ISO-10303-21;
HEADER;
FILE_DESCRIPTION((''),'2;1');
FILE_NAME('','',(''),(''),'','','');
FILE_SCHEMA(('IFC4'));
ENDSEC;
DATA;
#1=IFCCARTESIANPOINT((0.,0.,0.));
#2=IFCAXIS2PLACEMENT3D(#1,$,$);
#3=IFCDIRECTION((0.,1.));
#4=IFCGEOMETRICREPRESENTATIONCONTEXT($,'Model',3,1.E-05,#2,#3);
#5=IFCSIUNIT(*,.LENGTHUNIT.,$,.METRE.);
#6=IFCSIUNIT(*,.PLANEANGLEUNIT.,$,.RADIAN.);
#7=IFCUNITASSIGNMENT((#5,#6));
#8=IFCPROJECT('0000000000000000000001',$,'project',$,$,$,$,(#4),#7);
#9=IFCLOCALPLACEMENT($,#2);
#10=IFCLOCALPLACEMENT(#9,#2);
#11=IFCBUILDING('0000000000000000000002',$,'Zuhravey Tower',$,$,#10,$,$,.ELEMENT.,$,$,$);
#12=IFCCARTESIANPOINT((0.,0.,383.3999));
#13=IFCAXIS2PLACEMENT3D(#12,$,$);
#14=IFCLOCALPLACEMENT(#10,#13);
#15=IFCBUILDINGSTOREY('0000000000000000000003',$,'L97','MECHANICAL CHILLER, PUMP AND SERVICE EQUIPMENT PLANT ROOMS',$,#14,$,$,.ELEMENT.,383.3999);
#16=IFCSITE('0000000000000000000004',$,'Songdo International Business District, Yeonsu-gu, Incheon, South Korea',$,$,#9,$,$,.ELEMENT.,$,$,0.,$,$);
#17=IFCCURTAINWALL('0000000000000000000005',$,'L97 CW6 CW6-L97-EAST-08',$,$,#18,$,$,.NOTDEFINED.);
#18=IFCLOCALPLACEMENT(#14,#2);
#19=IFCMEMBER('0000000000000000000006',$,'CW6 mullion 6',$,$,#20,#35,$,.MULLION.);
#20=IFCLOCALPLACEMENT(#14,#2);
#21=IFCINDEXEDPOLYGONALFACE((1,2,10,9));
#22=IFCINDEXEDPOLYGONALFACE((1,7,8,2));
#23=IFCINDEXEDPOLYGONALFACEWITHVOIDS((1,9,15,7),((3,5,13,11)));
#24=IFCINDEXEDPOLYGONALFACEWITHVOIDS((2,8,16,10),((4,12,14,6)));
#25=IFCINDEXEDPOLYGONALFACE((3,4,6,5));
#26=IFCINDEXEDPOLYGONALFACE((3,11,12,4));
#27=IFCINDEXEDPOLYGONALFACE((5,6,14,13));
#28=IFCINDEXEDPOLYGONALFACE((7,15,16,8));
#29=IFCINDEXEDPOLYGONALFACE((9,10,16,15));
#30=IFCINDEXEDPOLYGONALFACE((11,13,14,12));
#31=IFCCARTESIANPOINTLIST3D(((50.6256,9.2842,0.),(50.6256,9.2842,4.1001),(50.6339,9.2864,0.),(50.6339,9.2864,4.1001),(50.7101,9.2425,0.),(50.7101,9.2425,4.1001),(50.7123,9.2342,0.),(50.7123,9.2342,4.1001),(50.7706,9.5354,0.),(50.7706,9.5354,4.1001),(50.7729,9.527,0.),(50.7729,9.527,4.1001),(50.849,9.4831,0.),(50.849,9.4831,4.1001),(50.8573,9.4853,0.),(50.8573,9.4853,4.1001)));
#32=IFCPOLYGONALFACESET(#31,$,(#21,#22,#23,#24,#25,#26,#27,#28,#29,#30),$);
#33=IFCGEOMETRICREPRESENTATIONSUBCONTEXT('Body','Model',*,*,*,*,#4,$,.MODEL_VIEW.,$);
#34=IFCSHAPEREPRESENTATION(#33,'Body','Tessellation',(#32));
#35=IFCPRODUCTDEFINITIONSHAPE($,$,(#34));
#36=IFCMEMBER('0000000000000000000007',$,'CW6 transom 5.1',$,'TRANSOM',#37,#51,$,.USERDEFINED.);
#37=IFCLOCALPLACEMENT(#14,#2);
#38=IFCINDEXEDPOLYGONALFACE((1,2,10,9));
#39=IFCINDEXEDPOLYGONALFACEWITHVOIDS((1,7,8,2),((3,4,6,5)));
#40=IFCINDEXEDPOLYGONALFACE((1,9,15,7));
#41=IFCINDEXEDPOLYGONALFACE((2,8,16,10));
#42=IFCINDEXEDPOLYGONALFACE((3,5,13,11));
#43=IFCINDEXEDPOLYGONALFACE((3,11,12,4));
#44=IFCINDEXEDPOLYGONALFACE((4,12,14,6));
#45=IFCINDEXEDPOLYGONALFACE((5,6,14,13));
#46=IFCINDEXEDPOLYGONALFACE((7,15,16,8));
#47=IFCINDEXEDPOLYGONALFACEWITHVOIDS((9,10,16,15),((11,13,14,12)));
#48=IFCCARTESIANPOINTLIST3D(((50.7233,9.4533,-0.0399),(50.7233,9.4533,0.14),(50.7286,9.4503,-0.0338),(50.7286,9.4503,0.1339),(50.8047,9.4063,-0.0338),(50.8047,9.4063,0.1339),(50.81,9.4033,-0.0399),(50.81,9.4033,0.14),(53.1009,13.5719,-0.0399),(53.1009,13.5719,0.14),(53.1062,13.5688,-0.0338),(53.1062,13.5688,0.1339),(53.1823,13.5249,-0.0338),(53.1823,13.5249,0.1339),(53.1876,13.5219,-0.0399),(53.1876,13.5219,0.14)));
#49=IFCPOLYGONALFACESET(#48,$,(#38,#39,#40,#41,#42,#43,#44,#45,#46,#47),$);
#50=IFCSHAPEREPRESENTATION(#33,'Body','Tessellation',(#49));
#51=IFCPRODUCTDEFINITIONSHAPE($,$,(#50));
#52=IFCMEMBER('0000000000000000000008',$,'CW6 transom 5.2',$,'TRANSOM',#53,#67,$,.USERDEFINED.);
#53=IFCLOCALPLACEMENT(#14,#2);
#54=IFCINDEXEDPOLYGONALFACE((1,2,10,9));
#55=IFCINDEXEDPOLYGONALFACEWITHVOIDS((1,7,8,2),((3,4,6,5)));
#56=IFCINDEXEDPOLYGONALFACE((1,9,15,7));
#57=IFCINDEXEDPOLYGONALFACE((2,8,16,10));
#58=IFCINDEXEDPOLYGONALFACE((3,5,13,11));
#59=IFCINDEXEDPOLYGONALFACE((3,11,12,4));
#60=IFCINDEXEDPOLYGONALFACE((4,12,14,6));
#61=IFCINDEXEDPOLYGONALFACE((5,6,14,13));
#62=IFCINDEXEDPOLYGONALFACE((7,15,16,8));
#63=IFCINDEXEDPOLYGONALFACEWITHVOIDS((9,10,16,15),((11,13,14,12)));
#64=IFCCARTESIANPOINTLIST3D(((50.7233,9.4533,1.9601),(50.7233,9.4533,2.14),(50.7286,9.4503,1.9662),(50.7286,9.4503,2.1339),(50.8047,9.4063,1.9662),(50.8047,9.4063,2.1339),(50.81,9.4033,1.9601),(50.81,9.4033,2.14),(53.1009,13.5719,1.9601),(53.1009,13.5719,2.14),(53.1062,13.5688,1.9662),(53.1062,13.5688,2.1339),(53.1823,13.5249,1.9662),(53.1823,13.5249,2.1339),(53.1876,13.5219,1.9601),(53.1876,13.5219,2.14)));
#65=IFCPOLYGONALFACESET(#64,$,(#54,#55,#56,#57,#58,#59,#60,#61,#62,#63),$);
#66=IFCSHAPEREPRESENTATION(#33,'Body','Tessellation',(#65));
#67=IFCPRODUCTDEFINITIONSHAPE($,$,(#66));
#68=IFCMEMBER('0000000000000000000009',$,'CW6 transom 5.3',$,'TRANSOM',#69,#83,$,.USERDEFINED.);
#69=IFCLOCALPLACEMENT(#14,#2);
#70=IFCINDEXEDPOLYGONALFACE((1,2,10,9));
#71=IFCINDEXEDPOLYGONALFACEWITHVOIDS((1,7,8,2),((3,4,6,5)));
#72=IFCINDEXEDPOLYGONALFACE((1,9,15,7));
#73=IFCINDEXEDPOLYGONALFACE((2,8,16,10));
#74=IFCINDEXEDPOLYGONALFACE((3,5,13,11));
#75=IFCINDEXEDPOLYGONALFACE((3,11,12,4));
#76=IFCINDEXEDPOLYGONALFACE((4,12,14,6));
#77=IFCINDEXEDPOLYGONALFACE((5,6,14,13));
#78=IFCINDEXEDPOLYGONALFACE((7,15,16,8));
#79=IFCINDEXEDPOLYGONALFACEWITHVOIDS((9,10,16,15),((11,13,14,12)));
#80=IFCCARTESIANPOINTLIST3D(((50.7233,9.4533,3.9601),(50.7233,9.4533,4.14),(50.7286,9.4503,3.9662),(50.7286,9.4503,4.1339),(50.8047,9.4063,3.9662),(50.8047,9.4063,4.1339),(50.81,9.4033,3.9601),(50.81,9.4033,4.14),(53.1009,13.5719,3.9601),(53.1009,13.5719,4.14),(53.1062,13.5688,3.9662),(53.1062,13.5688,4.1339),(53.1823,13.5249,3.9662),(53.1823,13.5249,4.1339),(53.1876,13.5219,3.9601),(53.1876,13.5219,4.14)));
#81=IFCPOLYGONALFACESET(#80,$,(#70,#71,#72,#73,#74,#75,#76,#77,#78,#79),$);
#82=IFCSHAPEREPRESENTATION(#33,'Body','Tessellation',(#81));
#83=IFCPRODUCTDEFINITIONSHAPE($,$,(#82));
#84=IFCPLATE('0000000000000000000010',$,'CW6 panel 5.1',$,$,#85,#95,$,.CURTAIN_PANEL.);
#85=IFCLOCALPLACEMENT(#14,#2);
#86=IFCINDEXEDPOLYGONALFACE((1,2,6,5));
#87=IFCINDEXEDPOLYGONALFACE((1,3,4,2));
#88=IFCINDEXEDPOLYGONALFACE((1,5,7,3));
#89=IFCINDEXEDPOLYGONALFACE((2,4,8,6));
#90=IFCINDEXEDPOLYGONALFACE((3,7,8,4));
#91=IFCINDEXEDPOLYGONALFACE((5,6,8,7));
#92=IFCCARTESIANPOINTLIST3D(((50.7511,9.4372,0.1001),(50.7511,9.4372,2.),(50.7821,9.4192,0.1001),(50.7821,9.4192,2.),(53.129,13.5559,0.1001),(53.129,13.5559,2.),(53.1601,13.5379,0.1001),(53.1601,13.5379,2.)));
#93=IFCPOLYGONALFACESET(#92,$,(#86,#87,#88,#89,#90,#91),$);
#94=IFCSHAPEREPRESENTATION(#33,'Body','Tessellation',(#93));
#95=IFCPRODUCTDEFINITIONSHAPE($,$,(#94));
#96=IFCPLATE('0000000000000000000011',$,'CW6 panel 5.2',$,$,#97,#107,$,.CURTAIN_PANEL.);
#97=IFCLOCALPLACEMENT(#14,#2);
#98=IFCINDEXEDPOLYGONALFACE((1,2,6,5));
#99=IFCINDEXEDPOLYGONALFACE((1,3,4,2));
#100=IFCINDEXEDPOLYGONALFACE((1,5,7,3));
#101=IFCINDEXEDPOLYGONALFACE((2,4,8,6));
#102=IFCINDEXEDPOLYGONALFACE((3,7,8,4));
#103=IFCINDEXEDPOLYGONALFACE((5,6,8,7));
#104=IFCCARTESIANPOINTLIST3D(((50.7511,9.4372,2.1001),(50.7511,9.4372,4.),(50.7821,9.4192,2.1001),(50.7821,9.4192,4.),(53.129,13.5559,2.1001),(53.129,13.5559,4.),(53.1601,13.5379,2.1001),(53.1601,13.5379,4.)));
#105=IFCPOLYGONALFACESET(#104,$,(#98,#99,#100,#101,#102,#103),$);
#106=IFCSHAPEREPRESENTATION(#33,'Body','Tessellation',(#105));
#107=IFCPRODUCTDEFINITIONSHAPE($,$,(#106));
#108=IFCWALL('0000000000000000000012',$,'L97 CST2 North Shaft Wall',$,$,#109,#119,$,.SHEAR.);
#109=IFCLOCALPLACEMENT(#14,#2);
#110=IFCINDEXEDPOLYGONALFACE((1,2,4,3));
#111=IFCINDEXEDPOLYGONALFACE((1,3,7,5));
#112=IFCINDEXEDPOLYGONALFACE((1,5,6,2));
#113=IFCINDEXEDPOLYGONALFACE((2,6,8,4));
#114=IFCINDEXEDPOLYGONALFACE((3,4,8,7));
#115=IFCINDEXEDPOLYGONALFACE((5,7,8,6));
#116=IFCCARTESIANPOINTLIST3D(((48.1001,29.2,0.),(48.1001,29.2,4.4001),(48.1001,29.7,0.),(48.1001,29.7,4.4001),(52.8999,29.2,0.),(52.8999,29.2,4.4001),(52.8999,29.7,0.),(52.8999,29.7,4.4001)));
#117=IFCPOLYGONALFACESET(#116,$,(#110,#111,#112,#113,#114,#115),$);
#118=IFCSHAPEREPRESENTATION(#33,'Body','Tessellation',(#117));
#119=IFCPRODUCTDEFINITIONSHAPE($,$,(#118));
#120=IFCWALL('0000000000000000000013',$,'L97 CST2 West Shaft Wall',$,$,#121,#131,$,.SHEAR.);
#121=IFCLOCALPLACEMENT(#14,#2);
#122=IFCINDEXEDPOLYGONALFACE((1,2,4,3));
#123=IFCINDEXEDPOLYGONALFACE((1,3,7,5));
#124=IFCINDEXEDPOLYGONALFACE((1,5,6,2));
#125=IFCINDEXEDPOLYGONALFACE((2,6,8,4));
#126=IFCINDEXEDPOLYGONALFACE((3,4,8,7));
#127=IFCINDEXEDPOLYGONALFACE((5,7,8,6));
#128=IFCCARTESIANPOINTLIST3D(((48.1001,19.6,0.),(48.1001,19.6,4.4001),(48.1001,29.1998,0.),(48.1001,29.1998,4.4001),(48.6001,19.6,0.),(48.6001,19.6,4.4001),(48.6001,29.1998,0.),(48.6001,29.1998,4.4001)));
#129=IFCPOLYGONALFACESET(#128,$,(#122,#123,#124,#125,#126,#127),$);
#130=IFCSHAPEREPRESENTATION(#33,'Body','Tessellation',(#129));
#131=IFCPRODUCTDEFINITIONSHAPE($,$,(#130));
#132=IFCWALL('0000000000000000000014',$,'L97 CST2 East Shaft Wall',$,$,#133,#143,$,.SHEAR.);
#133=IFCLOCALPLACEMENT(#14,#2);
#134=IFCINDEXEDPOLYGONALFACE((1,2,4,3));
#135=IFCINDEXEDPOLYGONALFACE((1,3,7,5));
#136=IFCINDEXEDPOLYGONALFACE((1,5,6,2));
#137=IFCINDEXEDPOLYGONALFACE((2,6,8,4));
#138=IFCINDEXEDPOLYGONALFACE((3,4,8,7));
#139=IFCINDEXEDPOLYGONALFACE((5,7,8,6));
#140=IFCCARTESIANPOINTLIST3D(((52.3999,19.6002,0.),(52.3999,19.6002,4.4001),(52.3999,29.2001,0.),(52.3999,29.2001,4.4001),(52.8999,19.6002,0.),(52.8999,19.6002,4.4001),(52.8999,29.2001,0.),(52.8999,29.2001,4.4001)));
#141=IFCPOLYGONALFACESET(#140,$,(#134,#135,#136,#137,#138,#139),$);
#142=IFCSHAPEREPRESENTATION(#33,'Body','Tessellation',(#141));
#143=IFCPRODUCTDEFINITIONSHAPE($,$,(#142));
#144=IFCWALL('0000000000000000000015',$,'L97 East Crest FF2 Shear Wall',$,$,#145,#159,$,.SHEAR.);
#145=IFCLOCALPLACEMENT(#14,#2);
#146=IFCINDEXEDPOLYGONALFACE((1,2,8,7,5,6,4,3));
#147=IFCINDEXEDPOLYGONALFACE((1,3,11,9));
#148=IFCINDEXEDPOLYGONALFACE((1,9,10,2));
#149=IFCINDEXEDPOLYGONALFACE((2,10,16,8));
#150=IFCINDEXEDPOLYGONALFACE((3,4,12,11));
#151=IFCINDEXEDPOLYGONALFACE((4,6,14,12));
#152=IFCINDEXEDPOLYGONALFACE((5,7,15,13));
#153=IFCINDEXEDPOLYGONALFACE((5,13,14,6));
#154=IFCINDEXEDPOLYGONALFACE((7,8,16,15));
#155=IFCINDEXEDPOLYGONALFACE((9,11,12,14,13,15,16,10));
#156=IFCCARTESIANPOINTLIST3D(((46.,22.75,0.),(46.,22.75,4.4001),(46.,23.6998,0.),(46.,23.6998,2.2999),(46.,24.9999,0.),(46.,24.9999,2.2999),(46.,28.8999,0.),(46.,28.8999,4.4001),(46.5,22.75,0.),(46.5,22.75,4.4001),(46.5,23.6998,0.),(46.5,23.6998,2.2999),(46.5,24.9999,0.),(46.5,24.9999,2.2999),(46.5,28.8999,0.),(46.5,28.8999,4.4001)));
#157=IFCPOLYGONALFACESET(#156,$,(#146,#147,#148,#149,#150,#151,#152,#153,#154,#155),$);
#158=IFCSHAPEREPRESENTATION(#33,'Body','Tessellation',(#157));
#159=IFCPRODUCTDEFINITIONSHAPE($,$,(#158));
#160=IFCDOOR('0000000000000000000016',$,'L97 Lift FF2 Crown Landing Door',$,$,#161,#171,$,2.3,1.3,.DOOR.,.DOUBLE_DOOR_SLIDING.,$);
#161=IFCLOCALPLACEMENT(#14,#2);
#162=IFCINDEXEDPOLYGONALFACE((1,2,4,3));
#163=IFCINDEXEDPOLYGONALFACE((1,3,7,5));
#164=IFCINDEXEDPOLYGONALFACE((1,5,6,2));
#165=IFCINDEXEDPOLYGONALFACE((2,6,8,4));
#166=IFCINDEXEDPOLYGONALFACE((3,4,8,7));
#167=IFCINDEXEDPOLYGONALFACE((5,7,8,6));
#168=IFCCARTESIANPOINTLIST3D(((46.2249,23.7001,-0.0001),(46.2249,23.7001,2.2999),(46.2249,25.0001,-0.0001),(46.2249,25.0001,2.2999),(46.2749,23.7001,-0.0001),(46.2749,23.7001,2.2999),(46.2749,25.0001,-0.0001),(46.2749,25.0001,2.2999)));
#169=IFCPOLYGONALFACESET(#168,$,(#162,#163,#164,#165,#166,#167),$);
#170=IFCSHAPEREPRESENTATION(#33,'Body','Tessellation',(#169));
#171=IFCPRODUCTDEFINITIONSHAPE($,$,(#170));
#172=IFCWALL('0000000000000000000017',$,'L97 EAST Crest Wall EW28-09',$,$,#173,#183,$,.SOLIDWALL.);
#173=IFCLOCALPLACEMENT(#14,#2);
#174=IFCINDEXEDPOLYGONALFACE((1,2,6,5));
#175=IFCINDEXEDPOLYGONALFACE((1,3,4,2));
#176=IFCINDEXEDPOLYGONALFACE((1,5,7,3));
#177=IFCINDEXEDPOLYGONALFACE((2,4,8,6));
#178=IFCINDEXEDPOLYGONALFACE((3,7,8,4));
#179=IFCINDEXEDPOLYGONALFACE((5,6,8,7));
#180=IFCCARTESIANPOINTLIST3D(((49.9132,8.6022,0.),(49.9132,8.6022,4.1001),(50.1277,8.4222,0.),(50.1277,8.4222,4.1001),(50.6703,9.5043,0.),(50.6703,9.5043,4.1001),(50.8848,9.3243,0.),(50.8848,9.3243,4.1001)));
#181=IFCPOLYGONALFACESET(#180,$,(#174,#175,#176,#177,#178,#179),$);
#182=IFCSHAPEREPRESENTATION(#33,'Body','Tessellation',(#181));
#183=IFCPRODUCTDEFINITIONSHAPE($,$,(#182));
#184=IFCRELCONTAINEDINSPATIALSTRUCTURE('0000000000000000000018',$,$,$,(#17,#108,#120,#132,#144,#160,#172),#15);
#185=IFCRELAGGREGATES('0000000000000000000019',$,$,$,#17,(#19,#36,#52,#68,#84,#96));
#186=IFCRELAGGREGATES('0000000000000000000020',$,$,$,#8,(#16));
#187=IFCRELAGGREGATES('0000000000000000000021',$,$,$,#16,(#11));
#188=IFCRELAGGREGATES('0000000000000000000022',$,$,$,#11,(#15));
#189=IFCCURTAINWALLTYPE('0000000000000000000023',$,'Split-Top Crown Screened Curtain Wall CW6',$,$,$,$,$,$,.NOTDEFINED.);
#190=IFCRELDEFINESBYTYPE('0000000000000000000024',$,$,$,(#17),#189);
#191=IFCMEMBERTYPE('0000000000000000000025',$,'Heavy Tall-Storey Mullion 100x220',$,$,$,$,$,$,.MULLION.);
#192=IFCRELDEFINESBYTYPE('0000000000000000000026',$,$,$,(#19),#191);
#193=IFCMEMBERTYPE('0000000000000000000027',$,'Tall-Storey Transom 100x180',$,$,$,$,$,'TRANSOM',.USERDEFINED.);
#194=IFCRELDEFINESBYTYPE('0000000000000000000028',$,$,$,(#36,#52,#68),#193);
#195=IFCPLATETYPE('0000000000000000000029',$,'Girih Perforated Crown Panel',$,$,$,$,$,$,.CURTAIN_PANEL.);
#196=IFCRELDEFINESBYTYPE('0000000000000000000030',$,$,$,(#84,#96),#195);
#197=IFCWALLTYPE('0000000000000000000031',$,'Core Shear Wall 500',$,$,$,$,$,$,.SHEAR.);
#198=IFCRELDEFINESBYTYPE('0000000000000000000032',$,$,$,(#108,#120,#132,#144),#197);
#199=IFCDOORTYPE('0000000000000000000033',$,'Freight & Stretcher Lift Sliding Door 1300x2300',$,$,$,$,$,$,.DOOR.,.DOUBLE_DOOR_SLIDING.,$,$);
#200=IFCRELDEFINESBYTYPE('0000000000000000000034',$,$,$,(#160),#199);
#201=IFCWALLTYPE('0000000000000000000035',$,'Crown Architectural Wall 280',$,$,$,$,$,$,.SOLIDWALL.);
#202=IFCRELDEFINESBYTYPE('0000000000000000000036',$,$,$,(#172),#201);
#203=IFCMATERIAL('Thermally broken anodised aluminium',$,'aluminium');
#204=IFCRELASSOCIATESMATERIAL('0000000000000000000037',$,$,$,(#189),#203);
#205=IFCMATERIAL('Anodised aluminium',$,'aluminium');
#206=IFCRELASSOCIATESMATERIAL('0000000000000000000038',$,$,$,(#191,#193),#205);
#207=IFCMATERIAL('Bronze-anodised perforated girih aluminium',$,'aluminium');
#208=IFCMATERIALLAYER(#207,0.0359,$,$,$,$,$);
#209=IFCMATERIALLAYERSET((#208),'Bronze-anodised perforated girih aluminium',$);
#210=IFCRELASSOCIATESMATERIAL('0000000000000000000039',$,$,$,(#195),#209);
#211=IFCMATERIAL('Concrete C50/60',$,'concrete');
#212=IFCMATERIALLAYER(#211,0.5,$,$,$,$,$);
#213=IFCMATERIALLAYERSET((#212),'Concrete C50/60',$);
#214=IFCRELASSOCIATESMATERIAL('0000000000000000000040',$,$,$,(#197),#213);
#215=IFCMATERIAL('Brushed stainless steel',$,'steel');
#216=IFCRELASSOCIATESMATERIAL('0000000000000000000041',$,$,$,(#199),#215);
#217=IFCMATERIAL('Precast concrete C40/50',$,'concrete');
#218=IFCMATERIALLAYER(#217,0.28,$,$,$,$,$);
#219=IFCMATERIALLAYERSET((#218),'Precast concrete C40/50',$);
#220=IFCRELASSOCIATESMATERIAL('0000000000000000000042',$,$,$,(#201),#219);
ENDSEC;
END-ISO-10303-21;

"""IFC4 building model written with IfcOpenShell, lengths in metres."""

from ifc_helpers import new_model, si_unit, direction, frame, frame_2d, origin, origin_2d, place, context, subcontext, project, spatial, rectangle, hollow_rectangle, extrude, material, layer, layer_set, material_profile, profile_set, type_object, element, fill, aggregate, save


model = new_model("IFC4")

# Units and contexts
model_context = context("Model", 3, precision=1e-05, world=origin(), true_north=direction((0.0, 1.0)))
body_context = subcontext(model_context, "Body", "Model", "MODEL_VIEW")
ifc_project = project(units=[si_unit("LENGTHUNIT", "METRE"), si_unit("PLANEANGLEUNIT", "RADIAN")], contexts=[model_context])

# Site, building, storey
site_placement = place(None, origin())
site = spatial("IfcSite", under=ifc_project, at=site_placement, Name="Songdo International Business District, Yeonsu-gu, Incheon, South Korea", CompositionType="ELEMENT", RefElevation=0.0)
building_placement = place(site_placement, origin())
building = spatial("IfcBuilding", under=site, at=building_placement, Name="Zuhravey Tower", CompositionType="ELEMENT")
storey_placement = place(building_placement, frame((0.0, 0.0, 383.3999)))
storey = spatial("IfcBuildingStorey", under=building, at=storey_placement, Name="L97", Description="MECHANICAL CHILLER, PUMP AND SERVICE EQUIPMENT PLANT ROOMS", CompositionType="ELEMENT", Elevation=383.3999)

# Curtain wall, members, plates
ifc_material_1 = material(Name="Thermally broken anodised aluminium", Category="aluminium")
curtain_wall_type = type_object("IfcCurtainWallType", Name="Split-Top Crown Screened Curtain Wall CW6", PredefinedType="NOTDEFINED", material=ifc_material_1)
curtain_wall_placement = place(storey_placement, origin())
curtain_wall = element("IfcCurtainWall", 1, at=curtain_wall_placement, inside=storey, type_object=curtain_wall_type, Name="L97 CW6 CW6-L97-EAST-08", PredefinedType="NOTDEFINED")
ifc_material_2 = material(Name="Anodised aluminium", Category="aluminium")
ifc_material_profile_1 = material_profile(ifc_material_2, hollow_rectangle(XDim=0.1001, YDim=0.29, WallThickness=0.0061, at=origin_2d()), Name="ALU-RHS-100x290x6")
ifc_profile_set_1 = profile_set([ifc_material_profile_1], Name="Anodised aluminium")
member_type_1 = type_object("IfcMemberType", Name="Heavy Tall-Storey Mullion 100x220", PredefinedType="MULLION", material=ifc_profile_set_1)
member_1_placement = place(storey_placement, frame((50.7415, 9.3848, 0.0), z_axis=(0.0, 0.0, 1.0), x_axis=(0.866027, -0.499997, 0.0)))
member_1 = element("IfcMember", 2, at=member_1_placement, type_object=member_type_1, Name="CW6 mullion 6", PredefinedType="MULLION", context=body_context, shape_type="SweptSolid", body=[
    extrude(hollow_rectangle(XDim=0.1001, YDim=0.29, WallThickness=0.0061, at=origin_2d()), origin(), (0.0, 0.0, 1.0), 4.1001),
])
ifc_material_profile_2 = material_profile(ifc_material_2, hollow_rectangle(XDim=0.1001, YDim=0.1799, WallThickness=0.0061, at=origin_2d()), Name="ALU-RHS-100x180x6")
ifc_profile_set_2 = profile_set([ifc_material_profile_2], Name="Anodised aluminium")
member_type_2 = type_object("IfcMemberType", Name="Tall-Storey Transom 100x180", ElementType="TRANSOM", PredefinedType="USERDEFINED", material=ifc_profile_set_2)
member_2_placement = place(storey_placement, frame((53.1443, 13.5469, 0.05), z_axis=(-0.499965, -0.866045, 0.0), x_axis=(0.866045, -0.499965, 0.0)))
member_2 = element("IfcMember", 3, at=member_2_placement, type_object=member_type_2, Name="CW6 transom 5.1", ObjectType="TRANSOM", PredefinedType="USERDEFINED", context=body_context, shape_type="SweptSolid", body=[
    extrude(hollow_rectangle(XDim=0.1001, YDim=0.1799, WallThickness=0.0061, at=origin_2d()), origin(), (0.0, 0.0, 1.0), 4.7556),
])
member_3_placement = place(storey_placement, frame((53.1443, 13.5469, 2.05), z_axis=(-0.499965, -0.866045, 0.0), x_axis=(0.866045, -0.499965, 0.0)))
member_3 = element("IfcMember", 4, at=member_3_placement, type_object=member_type_2, Name="CW6 transom 5.2", ObjectType="TRANSOM", PredefinedType="USERDEFINED", context=body_context, shape_type="SweptSolid", body=[
    extrude(hollow_rectangle(XDim=0.1001, YDim=0.1799, WallThickness=0.0061, at=origin_2d()), origin(), (0.0, 0.0, 1.0), 4.7556),
])
member_4_placement = place(storey_placement, frame((53.1443, 13.5469, 4.05), z_axis=(-0.499965, -0.866045, 0.0), x_axis=(0.866045, -0.499965, 0.0)))
member_4 = element("IfcMember", 5, at=member_4_placement, type_object=member_type_2, Name="CW6 transom 5.3", ObjectType="TRANSOM", PredefinedType="USERDEFINED", context=body_context, shape_type="SweptSolid", body=[
    extrude(hollow_rectangle(XDim=0.1001, YDim=0.1799, WallThickness=0.0061, at=origin_2d()), origin(), (0.0, 0.0, 1.0), 4.7556),
])
ifc_material_3 = material(Name="Bronze-anodised perforated girih aluminium", Category="aluminium")
ifc_layer_1 = layer(ifc_material_3, 0.0359)
ifc_layer_set_1 = layer_set([ifc_layer_1], Name="Bronze-anodised perforated girih aluminium")
plate_type = type_object("IfcPlateType", Name="Girih Perforated Crown Panel", PredefinedType="CURTAIN_PANEL", material=ifc_layer_set_1)
plate_1_placement = place(storey_placement, frame((51.9556, 11.4875, 0.1001), z_axis=(0.0, 0.0, 1.0), x_axis=(-0.499997, -0.866027, 0.0)))
plate_1 = element("IfcPlate", 6, at=plate_1_placement, type_object=plate_type, Name="CW6 panel 5.1", PredefinedType="CURTAIN_PANEL", context=body_context, shape_type="SweptSolid", body=[
    extrude(rectangle(XDim=4.7559, YDim=0.0359, at=origin_2d()), origin(), (0.0, 0.0, 1.0), 1.8999),
])
plate_2_placement = place(storey_placement, frame((51.9556, 11.4875, 2.1001), z_axis=(0.0, 0.0, 1.0), x_axis=(-0.499997, -0.866027, 0.0)))
plate_2 = element("IfcPlate", 7, at=plate_2_placement, type_object=plate_type, Name="CW6 panel 5.2", PredefinedType="CURTAIN_PANEL", context=body_context, shape_type="SweptSolid", body=[
    extrude(rectangle(XDim=4.7559, YDim=0.0359, at=origin_2d()), origin(), (0.0, 0.0, 1.0), 1.8999),
])
aggregate(curtain_wall, [member_1, member_2, member_3, member_4, plate_1, plate_2])

# Shared definitions
ifc_material_4 = material(Name="Concrete C50/60", Category="concrete")
ifc_layer_2 = layer(ifc_material_4, 0.5)
ifc_layer_set_2 = layer_set([ifc_layer_2], Name="Concrete C50/60")
wall_type_1 = type_object("IfcWallType", Name="Core Shear Wall 500", PredefinedType="SHEAR", material=ifc_layer_set_2)

# Walls
wall_1_placement = place(storey_placement, frame((52.8999, 29.45, 0.0), z_axis=(0.0, 0.0, 1.0), x_axis=(-1.0, 0.0, 0.0)))
element("IfcWall", 8, at=wall_1_placement, inside=storey, type_object=wall_type_1, Name="L97 CST2 North Shaft Wall", PredefinedType="SHEAR", context=body_context, shape_type="SweptSolid", body=[
    extrude(rectangle(XDim=4.7998, YDim=0.5, at=frame_2d((2.3999, 0.0))), origin(), (0.0, 0.0, 1.0), 4.4001),
])
for number, where, z_axis, x_axis, name in (
    (9, (48.3501, 19.6001, 0.0), (0.0, 0.0, 1.0), (0.0, 1.0, 0.0), "L97 CST2 West Shaft Wall"),
    (10, (52.6499, 29.2, 0.0), (0.0, 0.0, 1.0), (0.0, -1.0, 0.0), "L97 CST2 East Shaft Wall"),
):
    element("IfcWall", number, at=place(storey_placement, frame(where, z_axis=z_axis, x_axis=x_axis)), inside=storey, type_object=wall_type_1, Name=name, PredefinedType="SHEAR", context=body_context, shape_type="SweptSolid", body=[
        extrude(rectangle(XDim=9.5999, YDim=0.5, at=frame_2d((4.7998, 0.0))), origin(), (0.0, 0.0, 1.0), 4.4001),
    ])

# Wall, opening, door
wall_2_placement = place(storey_placement, frame((46.25, 22.75, 0.0), z_axis=(0.0, 0.0, 1.0), x_axis=(0.0, 1.0, 0.0)))
wall_2 = element("IfcWall", 11, at=wall_2_placement, inside=storey, type_object=wall_type_1, Name="L97 East Crest FF2 Shear Wall", PredefinedType="SHEAR", context=body_context, shape_type="SweptSolid", body=[
    extrude(rectangle(XDim=6.1499, YDim=0.5, at=frame_2d((3.075, 0.0))), origin(), (0.0, 0.0, 1.0), 4.4001),
])
opening_1_placement = place(wall_2_placement, frame((0.95, 0.0, 0.0)))
opening_1 = element("IfcOpeningElement", 12, at=opening_1_placement, cuts=wall_2, PredefinedType="OPENING", context=body_context, shape_type="SweptSolid", body=[
    extrude(rectangle(XDim=1.3, YDim=2.3, at=frame_2d((0.6499, 1.1499))), frame((0.0, 0.262, 0.0), z_axis=(0.0, -1.0, 0.0), x_axis=(1.0, 0.0, 0.0)), (0.0, 0.0, 1.0), 0.5239),
])
ifc_material_5 = material(Name="Brushed stainless steel", Category="steel")
door_type_1 = type_object("IfcDoorType", Name="Freight & Stretcher Lift Sliding Door 1300x2300", OperationType="DOUBLE_DOOR_SLIDING", PredefinedType="DOOR", material=ifc_material_5)
door_1_placement = place(opening_1_placement, frame((1.3, 0.0, 0.0), z_axis=(0.0, 0.0, 1.0), x_axis=(-1.0, 0.0, 0.0)))
door_1 = element("IfcDoor", 13, at=door_1_placement, inside=storey, type_object=door_type_1, Name="L97 Lift FF2 Crown Landing Door", OperationType="DOUBLE_DOOR_SLIDING", OverallHeight=2.3, OverallWidth=1.3, PredefinedType="DOOR", context=body_context, shape_type="SweptSolid", body=[
    extrude(rectangle(XDim=1.3, YDim=2.3, at=frame_2d((0.6499, 1.1499))), frame((0.0, 0.0249, 0.0), z_axis=(0.0, -1.0, 0.0), x_axis=(1.0, 0.0, 0.0)), (0.0, 0.0, 1.0), 0.05),
])
fill(opening_1, door_1)

# Wall
ifc_material_6 = material(Name="Precast concrete C40/50", Category="concrete")
ifc_layer_3 = layer(ifc_material_6, 0.28)
ifc_layer_set_3 = layer_set([ifc_layer_3], Name="Precast concrete C40/50")
wall_type_2 = type_object("IfcWallType", Name="Crown Architectural Wall 280", PredefinedType="SOLIDWALL", material=ifc_layer_set_3)
wall_3_placement = place(storey_placement, frame((50.7776, 9.4143, 0.0), z_axis=(0.0, 0.0, 1.0), x_axis=(-0.642852, -0.765991, 0.0)))
element("IfcWall", 14, at=wall_3_placement, inside=storey, type_object=wall_type_2, Name="L97 EAST Crest Wall EW28-09", PredefinedType="SOLIDWALL", context=body_context, shape_type="SweptSolid", body=[
    extrude(rectangle(XDim=1.1777, YDim=0.28, at=frame_2d((0.5889, 0.0))), origin(), (0.0, 0.0, 1.0), 4.1001),
])

save(model, "model.ifc")
